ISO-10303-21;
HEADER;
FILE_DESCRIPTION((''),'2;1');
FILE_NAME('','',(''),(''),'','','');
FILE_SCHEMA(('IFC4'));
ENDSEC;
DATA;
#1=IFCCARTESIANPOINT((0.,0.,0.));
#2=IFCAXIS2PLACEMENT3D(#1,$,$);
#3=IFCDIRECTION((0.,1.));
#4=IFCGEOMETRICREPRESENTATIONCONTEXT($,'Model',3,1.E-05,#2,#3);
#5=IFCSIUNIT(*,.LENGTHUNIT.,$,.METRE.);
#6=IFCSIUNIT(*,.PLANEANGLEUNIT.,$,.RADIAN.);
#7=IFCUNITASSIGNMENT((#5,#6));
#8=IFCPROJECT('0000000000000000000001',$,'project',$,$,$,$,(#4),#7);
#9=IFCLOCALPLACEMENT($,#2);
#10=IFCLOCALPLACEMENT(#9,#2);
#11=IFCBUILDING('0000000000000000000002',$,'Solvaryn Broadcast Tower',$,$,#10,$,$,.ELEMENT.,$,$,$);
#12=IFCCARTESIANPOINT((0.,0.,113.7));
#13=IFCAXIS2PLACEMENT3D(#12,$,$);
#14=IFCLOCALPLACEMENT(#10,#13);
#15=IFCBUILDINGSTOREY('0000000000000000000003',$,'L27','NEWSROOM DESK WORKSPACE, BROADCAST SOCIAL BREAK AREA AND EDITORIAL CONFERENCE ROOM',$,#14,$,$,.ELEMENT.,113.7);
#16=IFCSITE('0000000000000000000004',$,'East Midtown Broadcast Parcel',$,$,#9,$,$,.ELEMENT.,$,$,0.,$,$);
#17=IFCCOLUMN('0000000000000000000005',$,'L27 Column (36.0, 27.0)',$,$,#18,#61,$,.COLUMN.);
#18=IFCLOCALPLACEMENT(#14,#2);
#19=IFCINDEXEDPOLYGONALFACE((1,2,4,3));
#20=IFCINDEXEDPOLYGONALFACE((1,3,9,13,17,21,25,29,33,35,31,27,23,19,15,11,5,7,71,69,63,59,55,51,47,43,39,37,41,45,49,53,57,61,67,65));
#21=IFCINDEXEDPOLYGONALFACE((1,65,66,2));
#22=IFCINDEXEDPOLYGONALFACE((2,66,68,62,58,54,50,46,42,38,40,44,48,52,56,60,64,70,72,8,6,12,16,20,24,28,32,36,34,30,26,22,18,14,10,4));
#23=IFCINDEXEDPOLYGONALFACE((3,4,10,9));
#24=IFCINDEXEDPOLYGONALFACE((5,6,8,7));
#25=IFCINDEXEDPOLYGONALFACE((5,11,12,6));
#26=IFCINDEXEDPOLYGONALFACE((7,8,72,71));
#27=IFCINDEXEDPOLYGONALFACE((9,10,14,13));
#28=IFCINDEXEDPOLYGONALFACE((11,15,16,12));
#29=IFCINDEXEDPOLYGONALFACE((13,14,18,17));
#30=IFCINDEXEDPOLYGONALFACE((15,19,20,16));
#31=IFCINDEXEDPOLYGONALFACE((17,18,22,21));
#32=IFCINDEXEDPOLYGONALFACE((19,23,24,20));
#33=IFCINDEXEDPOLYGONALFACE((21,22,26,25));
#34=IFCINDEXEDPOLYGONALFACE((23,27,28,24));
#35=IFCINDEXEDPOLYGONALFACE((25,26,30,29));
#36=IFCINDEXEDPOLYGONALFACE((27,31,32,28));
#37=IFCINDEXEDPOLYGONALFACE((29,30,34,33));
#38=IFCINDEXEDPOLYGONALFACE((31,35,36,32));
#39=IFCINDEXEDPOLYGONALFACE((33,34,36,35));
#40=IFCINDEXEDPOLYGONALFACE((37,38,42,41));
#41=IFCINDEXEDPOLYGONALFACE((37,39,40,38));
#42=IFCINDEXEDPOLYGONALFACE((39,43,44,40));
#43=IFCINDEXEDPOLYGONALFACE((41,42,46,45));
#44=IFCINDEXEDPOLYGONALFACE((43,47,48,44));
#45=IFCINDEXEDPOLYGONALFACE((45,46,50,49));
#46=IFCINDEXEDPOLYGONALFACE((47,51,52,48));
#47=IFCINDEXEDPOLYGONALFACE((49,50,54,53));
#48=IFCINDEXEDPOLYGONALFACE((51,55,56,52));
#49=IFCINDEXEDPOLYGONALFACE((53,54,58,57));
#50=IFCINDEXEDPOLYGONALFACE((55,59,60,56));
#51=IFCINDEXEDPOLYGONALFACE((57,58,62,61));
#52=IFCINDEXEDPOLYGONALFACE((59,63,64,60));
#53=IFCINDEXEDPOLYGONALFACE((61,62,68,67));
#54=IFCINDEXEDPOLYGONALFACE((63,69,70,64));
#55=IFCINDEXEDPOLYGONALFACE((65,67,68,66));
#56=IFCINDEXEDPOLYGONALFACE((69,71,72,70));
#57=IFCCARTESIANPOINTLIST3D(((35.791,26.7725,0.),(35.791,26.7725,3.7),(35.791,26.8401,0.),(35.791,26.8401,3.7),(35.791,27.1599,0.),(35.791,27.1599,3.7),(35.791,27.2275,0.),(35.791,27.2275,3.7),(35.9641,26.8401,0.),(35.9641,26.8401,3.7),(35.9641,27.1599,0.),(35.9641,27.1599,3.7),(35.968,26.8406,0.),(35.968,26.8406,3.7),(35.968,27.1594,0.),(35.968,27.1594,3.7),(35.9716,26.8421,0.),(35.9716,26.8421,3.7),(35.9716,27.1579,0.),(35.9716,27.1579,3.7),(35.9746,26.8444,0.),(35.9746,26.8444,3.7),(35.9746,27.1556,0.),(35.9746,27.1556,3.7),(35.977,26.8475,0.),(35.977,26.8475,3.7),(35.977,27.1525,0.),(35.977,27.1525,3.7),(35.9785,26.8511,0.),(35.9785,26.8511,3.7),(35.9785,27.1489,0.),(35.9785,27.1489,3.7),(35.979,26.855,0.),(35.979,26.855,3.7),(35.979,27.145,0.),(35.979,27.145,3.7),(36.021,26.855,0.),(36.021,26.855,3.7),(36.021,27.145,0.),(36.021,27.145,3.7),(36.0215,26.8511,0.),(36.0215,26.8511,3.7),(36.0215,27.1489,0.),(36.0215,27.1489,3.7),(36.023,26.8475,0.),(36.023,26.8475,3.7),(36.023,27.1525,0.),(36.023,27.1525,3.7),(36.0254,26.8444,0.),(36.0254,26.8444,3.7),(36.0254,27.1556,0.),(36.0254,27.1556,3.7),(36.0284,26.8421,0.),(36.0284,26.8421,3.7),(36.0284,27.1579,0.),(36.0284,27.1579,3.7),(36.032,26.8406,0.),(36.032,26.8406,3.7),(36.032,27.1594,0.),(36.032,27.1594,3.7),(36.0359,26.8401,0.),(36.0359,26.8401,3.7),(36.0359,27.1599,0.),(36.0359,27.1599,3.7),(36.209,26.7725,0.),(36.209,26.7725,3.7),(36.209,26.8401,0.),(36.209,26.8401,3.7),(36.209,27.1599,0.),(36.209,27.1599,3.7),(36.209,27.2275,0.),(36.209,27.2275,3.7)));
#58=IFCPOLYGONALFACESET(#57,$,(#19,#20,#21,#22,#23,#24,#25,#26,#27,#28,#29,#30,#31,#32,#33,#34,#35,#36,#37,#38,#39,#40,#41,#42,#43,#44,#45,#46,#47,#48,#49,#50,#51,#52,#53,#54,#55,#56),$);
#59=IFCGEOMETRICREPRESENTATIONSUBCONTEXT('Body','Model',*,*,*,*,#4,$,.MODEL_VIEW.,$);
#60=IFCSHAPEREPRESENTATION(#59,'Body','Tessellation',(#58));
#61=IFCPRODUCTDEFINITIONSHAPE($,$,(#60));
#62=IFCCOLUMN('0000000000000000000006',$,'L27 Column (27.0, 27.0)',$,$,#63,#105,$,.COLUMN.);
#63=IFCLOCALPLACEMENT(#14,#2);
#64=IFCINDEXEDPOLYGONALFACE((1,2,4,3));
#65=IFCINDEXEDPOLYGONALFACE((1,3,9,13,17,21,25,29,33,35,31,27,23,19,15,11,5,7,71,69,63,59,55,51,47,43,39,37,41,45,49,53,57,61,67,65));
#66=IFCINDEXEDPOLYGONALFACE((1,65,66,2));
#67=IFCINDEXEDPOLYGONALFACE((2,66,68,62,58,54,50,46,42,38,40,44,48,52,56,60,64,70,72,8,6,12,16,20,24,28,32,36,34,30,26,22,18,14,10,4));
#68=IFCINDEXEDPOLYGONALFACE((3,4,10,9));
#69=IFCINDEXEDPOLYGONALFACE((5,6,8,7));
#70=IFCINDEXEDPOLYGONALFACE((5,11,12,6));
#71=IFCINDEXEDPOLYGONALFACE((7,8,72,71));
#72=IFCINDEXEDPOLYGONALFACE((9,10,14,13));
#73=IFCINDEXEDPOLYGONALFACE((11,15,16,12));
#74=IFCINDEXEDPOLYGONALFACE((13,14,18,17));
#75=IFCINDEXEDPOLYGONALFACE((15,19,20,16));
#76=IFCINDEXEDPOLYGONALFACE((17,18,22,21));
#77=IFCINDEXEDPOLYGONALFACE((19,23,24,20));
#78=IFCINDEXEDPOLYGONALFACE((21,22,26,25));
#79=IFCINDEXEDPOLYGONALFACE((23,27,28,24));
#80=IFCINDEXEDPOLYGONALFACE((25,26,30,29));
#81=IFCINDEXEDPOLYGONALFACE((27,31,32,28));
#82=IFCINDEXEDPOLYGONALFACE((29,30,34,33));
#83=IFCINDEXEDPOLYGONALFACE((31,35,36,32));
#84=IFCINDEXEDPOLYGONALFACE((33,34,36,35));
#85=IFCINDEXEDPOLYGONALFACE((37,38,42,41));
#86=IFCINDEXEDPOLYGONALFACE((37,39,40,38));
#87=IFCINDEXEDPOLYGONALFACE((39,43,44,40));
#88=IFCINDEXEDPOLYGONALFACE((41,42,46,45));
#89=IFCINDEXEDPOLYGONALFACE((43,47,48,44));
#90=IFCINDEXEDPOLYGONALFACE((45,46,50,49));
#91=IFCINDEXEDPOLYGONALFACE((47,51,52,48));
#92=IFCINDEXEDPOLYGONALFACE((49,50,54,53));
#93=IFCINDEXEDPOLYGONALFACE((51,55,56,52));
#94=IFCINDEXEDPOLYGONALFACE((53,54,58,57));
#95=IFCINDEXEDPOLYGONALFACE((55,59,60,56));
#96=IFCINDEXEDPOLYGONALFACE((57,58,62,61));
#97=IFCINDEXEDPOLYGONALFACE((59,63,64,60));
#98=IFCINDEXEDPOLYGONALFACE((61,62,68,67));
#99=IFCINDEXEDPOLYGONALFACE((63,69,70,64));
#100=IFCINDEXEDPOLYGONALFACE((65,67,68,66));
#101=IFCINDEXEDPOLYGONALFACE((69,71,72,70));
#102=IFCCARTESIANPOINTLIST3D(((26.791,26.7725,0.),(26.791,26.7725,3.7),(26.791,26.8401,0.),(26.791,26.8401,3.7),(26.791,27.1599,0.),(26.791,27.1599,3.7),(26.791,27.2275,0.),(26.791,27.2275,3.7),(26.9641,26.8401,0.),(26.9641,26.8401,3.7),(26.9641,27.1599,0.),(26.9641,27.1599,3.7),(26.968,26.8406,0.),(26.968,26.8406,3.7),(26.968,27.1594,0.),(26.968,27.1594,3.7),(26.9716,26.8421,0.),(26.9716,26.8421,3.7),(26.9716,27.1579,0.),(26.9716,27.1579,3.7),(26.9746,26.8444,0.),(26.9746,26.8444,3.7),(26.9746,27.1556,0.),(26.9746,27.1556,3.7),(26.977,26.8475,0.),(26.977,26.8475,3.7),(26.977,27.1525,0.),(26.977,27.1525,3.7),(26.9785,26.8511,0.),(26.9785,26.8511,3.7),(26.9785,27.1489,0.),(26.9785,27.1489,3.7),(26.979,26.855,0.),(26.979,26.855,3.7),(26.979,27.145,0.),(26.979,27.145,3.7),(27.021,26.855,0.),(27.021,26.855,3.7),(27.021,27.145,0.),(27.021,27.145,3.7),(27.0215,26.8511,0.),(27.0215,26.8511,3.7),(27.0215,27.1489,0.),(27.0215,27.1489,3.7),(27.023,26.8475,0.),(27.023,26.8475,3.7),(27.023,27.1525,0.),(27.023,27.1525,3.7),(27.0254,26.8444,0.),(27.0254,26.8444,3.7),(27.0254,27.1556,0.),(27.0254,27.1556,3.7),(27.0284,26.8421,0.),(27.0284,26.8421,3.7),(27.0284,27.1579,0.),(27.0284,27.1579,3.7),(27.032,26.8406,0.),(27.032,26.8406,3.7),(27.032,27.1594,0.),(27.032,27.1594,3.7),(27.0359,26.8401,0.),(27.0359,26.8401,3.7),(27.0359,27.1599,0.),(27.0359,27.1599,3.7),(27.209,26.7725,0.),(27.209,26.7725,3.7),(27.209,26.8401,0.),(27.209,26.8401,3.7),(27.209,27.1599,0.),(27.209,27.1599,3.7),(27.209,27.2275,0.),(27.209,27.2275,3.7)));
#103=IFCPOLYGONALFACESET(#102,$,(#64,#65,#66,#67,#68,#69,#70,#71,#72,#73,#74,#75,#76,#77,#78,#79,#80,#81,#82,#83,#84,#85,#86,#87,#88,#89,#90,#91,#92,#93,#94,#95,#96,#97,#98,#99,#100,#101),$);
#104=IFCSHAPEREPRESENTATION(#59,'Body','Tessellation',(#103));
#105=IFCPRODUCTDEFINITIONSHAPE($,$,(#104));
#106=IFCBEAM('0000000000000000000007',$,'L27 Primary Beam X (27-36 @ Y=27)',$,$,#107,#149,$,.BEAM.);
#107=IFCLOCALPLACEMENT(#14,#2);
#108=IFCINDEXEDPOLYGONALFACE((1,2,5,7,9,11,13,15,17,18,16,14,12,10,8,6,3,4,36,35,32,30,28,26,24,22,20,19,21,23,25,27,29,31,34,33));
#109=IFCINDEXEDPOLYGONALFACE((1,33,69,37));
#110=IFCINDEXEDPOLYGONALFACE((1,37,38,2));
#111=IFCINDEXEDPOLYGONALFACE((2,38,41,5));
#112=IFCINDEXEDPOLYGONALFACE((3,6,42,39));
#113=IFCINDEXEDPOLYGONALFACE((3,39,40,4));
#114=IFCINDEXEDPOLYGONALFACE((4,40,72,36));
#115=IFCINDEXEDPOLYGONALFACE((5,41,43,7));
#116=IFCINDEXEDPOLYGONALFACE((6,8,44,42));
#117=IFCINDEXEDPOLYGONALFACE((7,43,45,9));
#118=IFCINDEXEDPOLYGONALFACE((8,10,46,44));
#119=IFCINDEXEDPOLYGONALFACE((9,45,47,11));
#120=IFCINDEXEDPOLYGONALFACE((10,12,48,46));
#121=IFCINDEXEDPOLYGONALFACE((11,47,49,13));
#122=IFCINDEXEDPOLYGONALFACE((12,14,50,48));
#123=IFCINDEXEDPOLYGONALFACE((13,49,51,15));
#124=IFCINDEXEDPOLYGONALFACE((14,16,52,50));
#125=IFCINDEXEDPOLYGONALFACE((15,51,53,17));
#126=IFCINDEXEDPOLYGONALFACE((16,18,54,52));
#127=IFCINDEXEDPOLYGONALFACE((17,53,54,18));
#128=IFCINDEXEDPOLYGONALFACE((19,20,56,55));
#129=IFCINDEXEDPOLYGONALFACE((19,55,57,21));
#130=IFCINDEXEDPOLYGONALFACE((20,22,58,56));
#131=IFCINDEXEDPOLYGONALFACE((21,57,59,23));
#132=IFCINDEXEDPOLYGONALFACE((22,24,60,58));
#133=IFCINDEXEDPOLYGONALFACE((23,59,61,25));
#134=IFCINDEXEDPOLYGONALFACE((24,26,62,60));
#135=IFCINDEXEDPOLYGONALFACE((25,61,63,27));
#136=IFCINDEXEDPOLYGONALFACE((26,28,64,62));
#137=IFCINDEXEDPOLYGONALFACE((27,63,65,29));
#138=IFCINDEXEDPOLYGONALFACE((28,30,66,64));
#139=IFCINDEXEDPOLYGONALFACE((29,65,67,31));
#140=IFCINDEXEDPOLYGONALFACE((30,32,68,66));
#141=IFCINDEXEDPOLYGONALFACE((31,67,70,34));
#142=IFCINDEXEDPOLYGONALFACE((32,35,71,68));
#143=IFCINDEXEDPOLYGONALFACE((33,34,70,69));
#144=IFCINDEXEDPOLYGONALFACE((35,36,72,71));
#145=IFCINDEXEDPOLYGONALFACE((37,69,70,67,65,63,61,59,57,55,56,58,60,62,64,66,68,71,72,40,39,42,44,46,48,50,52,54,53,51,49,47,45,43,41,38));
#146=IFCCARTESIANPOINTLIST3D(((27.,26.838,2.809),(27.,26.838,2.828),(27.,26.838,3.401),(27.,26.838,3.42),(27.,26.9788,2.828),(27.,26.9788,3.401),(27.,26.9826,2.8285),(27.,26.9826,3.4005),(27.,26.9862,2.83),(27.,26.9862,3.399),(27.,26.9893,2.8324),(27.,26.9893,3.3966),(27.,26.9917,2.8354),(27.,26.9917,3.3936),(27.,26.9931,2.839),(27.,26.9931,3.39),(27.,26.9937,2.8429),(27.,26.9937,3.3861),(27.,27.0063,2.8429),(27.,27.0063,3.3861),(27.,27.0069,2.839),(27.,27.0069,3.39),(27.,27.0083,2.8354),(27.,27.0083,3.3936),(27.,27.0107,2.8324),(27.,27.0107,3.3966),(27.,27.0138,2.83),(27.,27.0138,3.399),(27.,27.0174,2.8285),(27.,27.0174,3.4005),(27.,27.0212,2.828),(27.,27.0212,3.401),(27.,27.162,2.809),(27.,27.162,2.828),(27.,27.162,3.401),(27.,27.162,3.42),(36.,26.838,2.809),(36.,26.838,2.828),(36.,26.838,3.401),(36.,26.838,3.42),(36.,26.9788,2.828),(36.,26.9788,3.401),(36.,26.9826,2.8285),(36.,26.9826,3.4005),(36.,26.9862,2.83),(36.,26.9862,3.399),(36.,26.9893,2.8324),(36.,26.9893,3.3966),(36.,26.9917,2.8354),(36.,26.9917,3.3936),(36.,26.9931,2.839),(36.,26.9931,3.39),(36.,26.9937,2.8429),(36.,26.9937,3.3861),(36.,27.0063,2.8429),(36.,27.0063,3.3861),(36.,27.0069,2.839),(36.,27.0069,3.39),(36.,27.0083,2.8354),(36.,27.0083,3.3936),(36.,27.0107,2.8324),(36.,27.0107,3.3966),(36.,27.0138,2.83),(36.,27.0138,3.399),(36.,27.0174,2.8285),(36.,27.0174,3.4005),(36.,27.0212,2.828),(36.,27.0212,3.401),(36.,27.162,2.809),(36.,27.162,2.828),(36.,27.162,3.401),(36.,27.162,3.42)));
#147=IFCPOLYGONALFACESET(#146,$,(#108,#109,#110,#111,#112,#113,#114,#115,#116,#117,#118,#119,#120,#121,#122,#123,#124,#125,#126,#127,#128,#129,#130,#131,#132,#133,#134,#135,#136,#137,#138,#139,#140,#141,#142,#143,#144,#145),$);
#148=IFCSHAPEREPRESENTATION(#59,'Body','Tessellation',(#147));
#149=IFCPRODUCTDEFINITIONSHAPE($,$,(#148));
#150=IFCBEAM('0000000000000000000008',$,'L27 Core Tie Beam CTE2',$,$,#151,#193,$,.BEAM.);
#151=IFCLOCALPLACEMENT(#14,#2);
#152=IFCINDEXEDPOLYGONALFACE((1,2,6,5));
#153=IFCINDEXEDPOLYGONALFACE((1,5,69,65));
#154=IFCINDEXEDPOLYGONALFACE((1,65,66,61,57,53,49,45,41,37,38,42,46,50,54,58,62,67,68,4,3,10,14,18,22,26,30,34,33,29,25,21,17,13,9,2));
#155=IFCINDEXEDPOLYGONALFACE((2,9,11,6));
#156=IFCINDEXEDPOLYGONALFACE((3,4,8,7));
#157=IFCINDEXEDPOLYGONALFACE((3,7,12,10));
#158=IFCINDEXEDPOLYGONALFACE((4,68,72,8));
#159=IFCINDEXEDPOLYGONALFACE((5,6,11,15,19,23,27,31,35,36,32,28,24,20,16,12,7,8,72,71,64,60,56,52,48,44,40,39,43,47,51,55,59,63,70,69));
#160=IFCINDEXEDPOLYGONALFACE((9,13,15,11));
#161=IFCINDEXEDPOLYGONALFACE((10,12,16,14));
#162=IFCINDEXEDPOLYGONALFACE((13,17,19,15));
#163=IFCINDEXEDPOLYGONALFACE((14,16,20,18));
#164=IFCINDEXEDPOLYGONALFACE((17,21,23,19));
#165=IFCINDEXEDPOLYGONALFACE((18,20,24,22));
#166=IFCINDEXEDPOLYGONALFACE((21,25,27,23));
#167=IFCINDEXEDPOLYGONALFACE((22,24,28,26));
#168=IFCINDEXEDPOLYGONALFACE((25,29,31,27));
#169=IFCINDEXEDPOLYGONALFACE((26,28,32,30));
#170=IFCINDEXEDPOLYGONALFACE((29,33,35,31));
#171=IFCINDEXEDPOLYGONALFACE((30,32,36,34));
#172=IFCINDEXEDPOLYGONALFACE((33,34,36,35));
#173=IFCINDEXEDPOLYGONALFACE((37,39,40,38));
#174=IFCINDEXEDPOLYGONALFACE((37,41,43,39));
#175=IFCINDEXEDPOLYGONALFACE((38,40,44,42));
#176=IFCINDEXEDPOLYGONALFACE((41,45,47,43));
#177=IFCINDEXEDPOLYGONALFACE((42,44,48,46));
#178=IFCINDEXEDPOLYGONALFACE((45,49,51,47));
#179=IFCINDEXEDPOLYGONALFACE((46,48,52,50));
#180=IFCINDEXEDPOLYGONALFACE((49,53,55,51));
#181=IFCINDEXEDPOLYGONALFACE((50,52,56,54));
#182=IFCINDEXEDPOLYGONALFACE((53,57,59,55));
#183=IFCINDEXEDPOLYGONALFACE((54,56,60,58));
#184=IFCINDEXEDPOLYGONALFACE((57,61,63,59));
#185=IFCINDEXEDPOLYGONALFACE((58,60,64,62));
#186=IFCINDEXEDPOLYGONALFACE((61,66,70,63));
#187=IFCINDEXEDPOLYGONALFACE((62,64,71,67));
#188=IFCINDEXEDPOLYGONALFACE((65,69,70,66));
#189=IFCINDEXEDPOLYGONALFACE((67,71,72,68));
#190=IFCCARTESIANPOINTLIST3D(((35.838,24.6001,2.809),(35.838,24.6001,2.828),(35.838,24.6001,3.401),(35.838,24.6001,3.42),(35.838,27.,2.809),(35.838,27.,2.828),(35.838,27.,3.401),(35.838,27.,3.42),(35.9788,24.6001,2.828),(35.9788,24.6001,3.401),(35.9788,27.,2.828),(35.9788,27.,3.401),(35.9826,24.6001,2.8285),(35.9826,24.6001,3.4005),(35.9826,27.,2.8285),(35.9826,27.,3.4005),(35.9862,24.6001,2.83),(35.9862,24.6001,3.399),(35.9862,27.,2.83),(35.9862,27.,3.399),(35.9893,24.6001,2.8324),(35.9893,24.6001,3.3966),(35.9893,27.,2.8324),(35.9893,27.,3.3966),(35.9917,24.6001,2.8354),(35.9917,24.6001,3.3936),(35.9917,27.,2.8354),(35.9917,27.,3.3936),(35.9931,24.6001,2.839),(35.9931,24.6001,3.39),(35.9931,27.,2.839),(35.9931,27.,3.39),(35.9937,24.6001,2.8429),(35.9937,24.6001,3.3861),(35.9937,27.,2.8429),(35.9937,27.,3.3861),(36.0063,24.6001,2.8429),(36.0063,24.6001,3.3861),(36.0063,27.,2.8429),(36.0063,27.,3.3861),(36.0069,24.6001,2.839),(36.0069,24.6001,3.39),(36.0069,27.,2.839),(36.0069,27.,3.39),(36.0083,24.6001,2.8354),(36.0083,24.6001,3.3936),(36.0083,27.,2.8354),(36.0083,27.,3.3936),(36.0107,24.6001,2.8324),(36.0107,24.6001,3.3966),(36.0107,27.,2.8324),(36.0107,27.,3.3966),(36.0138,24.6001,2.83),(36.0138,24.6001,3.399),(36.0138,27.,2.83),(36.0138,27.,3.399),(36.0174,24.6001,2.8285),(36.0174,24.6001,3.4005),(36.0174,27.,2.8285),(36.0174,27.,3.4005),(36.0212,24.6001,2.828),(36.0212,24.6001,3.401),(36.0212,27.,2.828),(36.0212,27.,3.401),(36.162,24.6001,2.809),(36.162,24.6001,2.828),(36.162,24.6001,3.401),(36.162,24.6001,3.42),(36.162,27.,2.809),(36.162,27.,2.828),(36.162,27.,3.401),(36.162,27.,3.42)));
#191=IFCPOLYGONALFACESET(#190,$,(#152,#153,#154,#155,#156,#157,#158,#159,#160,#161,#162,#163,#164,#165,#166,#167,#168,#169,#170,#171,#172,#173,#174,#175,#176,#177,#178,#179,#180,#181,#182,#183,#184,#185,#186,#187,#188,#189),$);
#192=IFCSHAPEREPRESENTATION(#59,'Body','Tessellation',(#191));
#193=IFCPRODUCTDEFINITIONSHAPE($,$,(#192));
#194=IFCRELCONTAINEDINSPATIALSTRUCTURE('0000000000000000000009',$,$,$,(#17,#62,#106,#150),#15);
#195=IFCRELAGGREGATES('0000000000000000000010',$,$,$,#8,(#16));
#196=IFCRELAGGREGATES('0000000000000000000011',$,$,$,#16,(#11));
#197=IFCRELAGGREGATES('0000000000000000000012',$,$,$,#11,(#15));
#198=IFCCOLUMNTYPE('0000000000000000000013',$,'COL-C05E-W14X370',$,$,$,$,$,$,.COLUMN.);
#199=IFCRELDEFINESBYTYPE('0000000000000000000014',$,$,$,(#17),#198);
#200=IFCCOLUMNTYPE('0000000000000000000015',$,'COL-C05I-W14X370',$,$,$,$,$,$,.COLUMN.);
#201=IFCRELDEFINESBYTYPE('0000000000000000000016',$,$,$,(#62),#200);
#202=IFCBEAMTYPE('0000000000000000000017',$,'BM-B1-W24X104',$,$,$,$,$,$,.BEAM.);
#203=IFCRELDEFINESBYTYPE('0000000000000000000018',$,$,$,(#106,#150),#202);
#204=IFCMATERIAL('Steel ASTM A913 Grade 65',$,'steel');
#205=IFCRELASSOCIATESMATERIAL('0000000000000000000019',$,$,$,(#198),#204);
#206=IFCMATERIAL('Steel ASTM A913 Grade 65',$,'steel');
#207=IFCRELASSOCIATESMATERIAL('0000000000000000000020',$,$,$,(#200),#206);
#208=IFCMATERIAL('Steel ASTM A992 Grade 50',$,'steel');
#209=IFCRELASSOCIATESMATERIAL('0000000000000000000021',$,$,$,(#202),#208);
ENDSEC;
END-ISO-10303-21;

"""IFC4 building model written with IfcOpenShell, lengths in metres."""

from ifc_helpers import new_model, si_unit, direction, frame, origin, origin_2d, place, context, subcontext, project, spatial, i_section, extrude, material, material_profile, profile_set, type_object, element, save


model = new_model("IFC4")

# Units and contexts
model_context = context("Model", 3, precision=1e-05, world=origin(), true_north=direction((0.0, 1.0)))
body_context = subcontext(model_context, "Body", "Model", "MODEL_VIEW")
ifc_project = project(units=[si_unit("LENGTHUNIT", "METRE"), si_unit("PLANEANGLEUNIT", "RADIAN")], contexts=[model_context])

# Site, building, storey
site_placement = place(None, origin())
site = spatial("IfcSite", under=ifc_project, at=site_placement, Name="East Midtown Broadcast Parcel", CompositionType="ELEMENT", RefElevation=0.0)
building_placement = place(site_placement, origin())
building = spatial("IfcBuilding", under=site, at=building_placement, Name="Solvaryn Broadcast Tower", CompositionType="ELEMENT")
storey_placement = place(building_placement, frame((0.0, 0.0, 113.7)))
storey = spatial("IfcBuildingStorey", under=building, at=storey_placement, Name="L27", Description="NEWSROOM DESK WORKSPACE, BROADCAST SOCIAL BREAK AREA AND EDITORIAL CONFERENCE ROOM", CompositionType="ELEMENT", Elevation=113.7)

# Columns
ifc_material_1 = material(Name="Steel ASTM A913 Grade 65", Category="steel")
ifc_material_profile_1 = material_profile(ifc_material_1, i_section(OverallWidth=0.418, OverallDepth=0.4551, WebThickness=0.042, FlangeThickness=0.0676, FilletRadius=0.0149, at=origin_2d()))
ifc_profile_set_1 = profile_set([ifc_material_profile_1], Name="Steel ASTM A913 Grade 65")
column_type_1 = type_object("IfcColumnType", Name="COL-C05E-W14X370", PredefinedType="COLUMN", material=ifc_profile_set_1)
column_1_placement = place(storey_placement, frame((36.0, 27.0, 0.0), z_axis=(0.0, 0.0, 1.0), x_axis=(1.0, 0.0, 0.0)))
element("IfcColumn", 1, at=column_1_placement, inside=storey, type_object=column_type_1, Name="L27 Column (36.0, 27.0)", PredefinedType="COLUMN", context=body_context, shape_type="SweptSolid", body=[
    extrude(i_section(OverallWidth=0.418, OverallDepth=0.4551, WebThickness=0.042, FlangeThickness=0.0676, FilletRadius=0.0149, at=origin_2d()), origin(), (0.0, 0.0, 1.0), 3.7),
])
ifc_material_2 = material(Name="Steel ASTM A913 Grade 65", Category="steel")
ifc_material_profile_2 = material_profile(ifc_material_2, i_section(OverallWidth=0.418, OverallDepth=0.4551, WebThickness=0.042, FlangeThickness=0.0676, FilletRadius=0.0149, at=origin_2d()))
ifc_profile_set_2 = profile_set([ifc_material_profile_2], Name="Steel ASTM A913 Grade 65")
column_type_2 = type_object("IfcColumnType", Name="COL-C05I-W14X370", PredefinedType="COLUMN", material=ifc_profile_set_2)
column_2_placement = place(storey_placement, frame((27.0, 27.0, 0.0), z_axis=(0.0, 0.0, 1.0), x_axis=(1.0, 0.0, 0.0)))
element("IfcColumn", 2, at=column_2_placement, inside=storey, type_object=column_type_2, Name="L27 Column (27.0, 27.0)", PredefinedType="COLUMN", context=body_context, shape_type="SweptSolid", body=[
    extrude(i_section(OverallWidth=0.418, OverallDepth=0.4551, WebThickness=0.042, FlangeThickness=0.0676, FilletRadius=0.0149, at=origin_2d()), origin(), (0.0, 0.0, 1.0), 3.7),
])

# Beams
ifc_material_3 = material(Name="Steel ASTM A992 Grade 50", Category="steel")
ifc_material_profile_3 = material_profile(ifc_material_3, i_section(OverallWidth=0.324, OverallDepth=0.6111, WebThickness=0.0127, FlangeThickness=0.019, FilletRadius=0.0149, at=origin_2d()))
ifc_profile_set_3 = profile_set([ifc_material_profile_3], Name="Steel ASTM A992 Grade 50")
beam_type_1 = type_object("IfcBeamType", Name="BM-B1-W24X104", PredefinedType="BEAM", material=ifc_profile_set_3)
beam_1_placement = place(storey_placement, frame((27.0, 27.0, 3.1145), z_axis=(1.0, 0.0, 0.0), x_axis=(0.0, 1.0, 0.0)))
element("IfcBeam", 3, at=beam_1_placement, inside=storey, type_object=beam_type_1, Name="L27 Primary Beam X (27-36 @ Y=27)", PredefinedType="BEAM", context=body_context, shape_type="SweptSolid", body=[
    extrude(i_section(OverallWidth=0.324, OverallDepth=0.6111, WebThickness=0.0127, FlangeThickness=0.019, FilletRadius=0.0149, at=origin_2d()), origin(), (0.0, 0.0, 1.0), 9.0),
])
beam_2_placement = place(storey_placement, frame((36.0, 24.6001, 3.1145), z_axis=(0.0, 1.0, 0.0), x_axis=(-1.0, 0.0, 0.0)))
element("IfcBeam", 4, at=beam_2_placement, inside=storey, type_object=beam_type_1, Name="L27 Core Tie Beam CTE2", PredefinedType="BEAM", context=body_context, shape_type="SweptSolid", body=[
    extrude(i_section(OverallWidth=0.324, OverallDepth=0.6111, WebThickness=0.0127, FlangeThickness=0.019, FilletRadius=0.0149, at=origin_2d()), origin(), (0.0, 0.0, 1.0), 2.3999),
])

save(model, "model.ifc")
